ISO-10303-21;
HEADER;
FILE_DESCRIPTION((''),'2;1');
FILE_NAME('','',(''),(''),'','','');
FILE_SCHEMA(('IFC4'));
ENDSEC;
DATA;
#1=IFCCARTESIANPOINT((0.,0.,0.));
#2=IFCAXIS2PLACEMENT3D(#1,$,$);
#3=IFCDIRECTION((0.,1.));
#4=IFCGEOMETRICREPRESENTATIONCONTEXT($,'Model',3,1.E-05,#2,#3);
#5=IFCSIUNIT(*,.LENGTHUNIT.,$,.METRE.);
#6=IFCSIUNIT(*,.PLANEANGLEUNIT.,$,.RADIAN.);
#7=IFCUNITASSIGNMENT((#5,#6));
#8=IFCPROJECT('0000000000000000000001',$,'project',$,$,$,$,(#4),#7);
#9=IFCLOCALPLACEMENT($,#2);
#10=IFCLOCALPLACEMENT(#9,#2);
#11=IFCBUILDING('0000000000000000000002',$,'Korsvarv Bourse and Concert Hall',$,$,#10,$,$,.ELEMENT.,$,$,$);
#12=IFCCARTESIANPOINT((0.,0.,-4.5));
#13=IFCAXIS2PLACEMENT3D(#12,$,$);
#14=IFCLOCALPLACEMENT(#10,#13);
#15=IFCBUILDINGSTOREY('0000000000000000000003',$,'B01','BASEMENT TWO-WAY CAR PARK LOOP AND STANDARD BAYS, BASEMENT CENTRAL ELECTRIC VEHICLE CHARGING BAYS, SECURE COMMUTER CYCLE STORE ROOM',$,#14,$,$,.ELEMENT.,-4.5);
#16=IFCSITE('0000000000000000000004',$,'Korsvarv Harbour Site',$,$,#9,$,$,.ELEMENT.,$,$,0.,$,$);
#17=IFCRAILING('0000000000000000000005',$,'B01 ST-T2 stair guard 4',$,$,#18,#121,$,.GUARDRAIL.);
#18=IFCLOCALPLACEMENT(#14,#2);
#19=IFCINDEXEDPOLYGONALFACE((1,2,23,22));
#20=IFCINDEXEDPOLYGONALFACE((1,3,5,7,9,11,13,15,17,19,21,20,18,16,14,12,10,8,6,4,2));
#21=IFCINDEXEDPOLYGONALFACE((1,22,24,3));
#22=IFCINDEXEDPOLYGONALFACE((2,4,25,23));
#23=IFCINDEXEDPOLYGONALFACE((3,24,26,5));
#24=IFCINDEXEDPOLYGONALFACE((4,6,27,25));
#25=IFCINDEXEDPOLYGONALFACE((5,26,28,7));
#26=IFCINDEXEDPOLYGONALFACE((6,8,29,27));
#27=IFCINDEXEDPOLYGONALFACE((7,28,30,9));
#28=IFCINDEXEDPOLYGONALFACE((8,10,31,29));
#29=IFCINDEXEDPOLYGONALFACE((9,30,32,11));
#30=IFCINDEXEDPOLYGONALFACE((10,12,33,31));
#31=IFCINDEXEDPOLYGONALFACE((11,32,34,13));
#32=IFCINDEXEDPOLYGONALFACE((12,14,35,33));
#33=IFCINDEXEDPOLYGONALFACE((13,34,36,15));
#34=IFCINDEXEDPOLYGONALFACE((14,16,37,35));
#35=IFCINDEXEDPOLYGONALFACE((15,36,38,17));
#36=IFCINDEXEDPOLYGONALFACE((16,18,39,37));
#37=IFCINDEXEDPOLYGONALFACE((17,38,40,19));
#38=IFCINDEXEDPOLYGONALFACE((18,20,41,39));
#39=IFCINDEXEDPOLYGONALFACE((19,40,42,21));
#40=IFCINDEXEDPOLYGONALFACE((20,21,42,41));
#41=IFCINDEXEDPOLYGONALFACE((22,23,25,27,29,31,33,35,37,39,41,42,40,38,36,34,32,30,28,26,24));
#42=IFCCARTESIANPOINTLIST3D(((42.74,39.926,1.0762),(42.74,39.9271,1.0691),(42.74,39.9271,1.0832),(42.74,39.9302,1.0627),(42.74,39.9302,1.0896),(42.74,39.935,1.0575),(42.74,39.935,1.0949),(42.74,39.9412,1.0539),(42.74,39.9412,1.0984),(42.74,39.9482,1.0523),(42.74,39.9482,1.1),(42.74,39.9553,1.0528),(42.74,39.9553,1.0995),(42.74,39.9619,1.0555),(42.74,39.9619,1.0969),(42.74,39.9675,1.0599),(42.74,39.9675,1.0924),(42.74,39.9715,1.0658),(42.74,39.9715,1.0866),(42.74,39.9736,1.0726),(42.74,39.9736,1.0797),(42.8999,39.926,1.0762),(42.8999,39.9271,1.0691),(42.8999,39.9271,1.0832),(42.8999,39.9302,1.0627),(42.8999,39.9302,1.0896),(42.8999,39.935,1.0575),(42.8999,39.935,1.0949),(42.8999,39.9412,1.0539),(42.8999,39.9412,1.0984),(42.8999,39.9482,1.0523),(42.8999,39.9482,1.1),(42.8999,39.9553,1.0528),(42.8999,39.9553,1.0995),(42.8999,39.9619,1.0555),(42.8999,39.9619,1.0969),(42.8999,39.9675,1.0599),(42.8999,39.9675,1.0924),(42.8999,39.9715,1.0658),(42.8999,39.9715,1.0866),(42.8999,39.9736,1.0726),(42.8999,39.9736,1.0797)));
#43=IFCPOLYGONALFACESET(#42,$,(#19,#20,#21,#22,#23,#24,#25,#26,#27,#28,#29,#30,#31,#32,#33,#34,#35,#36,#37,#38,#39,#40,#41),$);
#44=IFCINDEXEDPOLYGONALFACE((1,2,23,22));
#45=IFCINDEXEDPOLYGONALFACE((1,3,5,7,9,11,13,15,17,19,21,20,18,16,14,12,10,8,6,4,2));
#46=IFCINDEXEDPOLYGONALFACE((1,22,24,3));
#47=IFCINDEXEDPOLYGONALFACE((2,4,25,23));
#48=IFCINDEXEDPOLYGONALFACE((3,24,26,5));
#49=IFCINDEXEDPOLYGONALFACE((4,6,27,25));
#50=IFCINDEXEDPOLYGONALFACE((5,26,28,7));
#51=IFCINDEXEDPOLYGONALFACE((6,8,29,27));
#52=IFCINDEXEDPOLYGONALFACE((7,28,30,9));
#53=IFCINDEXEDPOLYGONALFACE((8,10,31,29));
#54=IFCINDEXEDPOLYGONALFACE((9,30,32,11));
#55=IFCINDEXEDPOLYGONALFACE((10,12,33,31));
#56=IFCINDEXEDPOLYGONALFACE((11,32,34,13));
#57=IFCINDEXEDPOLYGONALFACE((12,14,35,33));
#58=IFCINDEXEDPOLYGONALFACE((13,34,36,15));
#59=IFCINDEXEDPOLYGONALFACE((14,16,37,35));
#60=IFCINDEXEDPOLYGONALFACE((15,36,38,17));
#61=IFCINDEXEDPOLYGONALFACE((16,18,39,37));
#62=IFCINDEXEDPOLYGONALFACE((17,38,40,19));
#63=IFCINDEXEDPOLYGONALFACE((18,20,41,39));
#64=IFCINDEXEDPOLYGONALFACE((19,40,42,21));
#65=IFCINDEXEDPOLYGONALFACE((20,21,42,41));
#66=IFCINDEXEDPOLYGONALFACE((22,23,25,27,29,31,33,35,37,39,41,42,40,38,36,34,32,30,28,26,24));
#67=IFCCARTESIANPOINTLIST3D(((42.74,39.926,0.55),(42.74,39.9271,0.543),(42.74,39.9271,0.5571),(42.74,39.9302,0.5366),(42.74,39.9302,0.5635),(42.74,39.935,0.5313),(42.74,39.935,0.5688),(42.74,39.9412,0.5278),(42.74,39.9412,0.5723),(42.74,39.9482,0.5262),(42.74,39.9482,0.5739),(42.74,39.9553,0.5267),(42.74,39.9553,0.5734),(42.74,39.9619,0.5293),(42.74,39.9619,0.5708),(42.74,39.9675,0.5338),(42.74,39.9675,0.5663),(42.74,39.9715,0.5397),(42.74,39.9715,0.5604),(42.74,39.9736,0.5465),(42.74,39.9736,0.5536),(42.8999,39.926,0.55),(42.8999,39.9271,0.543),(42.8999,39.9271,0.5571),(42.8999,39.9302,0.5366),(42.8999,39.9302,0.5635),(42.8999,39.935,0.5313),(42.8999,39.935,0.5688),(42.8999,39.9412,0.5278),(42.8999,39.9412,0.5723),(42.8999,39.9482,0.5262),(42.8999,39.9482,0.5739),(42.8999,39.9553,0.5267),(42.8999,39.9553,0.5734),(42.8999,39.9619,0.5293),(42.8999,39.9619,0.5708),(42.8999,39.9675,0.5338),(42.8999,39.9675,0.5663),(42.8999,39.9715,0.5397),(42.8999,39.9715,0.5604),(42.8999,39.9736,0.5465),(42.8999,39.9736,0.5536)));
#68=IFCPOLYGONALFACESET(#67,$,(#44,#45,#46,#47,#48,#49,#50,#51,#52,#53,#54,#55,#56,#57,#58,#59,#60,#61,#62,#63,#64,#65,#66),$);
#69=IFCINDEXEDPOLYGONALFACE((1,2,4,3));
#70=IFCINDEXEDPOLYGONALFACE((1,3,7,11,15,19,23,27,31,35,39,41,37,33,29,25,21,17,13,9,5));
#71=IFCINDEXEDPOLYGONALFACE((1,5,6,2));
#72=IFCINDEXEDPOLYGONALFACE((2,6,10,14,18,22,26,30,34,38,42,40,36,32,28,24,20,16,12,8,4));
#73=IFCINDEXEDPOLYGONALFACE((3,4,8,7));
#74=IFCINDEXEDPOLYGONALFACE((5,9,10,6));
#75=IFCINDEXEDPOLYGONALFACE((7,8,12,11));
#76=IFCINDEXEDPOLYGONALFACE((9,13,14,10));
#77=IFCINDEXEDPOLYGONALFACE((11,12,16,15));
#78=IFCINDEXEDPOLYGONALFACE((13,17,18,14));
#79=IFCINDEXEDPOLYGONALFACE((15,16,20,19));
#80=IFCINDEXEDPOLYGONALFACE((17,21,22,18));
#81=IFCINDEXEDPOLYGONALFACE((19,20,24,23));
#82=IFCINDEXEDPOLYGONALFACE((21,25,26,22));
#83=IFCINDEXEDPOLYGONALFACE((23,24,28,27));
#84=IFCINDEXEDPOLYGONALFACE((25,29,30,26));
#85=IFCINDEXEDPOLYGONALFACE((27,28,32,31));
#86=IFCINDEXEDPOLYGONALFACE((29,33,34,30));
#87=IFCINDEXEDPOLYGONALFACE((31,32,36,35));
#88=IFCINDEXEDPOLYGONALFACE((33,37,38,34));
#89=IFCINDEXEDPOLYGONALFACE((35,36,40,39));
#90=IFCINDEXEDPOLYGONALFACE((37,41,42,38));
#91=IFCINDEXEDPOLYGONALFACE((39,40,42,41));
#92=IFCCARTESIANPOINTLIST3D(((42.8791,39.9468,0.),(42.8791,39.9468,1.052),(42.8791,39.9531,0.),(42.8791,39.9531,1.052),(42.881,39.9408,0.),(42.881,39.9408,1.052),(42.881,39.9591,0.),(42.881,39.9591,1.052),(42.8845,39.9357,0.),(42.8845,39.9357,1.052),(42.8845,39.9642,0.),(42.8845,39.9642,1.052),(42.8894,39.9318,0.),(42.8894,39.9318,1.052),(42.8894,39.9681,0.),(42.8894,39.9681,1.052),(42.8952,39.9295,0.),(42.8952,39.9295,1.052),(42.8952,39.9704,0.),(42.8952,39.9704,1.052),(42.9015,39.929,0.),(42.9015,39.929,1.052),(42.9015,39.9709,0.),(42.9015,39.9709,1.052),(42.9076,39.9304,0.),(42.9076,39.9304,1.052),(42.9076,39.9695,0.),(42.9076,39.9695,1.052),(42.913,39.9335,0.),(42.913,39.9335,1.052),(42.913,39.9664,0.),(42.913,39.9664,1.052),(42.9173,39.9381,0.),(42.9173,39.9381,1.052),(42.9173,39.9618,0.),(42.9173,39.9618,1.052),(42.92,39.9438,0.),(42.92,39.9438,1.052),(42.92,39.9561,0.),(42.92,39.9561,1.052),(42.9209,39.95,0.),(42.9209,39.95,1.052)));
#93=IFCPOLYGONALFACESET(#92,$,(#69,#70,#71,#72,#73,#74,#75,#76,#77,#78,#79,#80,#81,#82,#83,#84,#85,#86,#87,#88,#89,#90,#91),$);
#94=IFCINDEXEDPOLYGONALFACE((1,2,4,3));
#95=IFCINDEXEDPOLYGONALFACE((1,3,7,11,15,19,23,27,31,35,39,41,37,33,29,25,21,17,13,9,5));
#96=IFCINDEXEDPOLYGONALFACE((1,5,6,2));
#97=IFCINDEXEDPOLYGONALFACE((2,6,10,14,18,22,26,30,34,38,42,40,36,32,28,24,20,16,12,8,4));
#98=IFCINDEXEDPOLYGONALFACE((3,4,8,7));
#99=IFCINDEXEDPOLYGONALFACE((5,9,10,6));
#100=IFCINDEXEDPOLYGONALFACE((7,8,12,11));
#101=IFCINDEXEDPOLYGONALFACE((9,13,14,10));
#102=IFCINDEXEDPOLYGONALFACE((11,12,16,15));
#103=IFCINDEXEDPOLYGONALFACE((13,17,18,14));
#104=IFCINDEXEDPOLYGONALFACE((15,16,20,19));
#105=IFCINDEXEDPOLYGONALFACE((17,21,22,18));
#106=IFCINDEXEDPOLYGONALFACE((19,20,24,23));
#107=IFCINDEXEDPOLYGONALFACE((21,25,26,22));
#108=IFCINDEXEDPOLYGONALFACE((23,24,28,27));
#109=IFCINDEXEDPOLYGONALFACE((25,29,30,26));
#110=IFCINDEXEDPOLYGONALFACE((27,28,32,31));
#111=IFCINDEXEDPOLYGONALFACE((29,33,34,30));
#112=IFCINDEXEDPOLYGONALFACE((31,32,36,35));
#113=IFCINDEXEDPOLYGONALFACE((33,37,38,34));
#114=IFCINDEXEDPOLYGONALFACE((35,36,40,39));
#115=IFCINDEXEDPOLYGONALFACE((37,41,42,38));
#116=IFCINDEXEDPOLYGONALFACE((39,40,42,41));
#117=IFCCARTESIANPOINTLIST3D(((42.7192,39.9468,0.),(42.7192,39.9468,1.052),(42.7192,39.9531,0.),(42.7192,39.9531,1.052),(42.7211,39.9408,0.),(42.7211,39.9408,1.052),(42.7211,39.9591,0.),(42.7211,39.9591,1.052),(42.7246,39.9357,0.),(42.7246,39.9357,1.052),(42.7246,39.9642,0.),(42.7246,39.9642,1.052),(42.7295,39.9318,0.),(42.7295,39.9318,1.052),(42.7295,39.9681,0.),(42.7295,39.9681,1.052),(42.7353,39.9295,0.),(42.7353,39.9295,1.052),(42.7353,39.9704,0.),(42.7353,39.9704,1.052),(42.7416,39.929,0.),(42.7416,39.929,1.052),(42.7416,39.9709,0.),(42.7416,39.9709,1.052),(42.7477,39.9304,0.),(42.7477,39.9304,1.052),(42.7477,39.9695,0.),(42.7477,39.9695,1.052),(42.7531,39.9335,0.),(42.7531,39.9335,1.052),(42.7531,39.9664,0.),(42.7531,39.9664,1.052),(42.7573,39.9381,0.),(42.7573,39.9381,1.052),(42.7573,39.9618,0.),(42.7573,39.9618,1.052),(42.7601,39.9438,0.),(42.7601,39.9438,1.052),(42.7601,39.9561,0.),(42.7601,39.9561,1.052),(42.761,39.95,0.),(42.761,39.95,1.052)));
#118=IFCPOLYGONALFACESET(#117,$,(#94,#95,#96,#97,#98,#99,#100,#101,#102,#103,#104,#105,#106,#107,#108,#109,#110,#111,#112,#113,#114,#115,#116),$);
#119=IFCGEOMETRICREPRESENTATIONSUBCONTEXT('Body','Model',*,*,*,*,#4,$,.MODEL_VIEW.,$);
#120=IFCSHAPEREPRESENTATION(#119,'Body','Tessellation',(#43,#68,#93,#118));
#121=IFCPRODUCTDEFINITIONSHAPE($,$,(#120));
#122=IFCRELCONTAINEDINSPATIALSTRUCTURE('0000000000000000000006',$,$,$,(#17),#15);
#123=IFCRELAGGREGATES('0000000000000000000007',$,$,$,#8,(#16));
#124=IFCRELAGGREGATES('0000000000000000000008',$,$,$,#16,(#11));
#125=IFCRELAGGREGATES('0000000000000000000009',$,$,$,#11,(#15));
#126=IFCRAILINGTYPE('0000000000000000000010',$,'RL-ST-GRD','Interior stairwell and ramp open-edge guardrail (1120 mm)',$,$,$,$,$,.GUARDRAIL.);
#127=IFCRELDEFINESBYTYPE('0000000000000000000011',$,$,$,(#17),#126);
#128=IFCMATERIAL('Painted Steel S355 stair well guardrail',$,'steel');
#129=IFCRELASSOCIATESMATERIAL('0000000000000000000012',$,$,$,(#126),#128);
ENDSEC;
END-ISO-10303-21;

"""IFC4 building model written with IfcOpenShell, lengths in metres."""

from ifc_helpers import new_model, si_unit, direction, frame, origin, origin_2d, place, context, subcontext, project, spatial, circle, extrude, material, type_object, element, save


model = new_model("IFC4")

# Units and contexts
model_context = context("Model", 3, precision=1e-05, world=origin(), true_north=direction((0.0, 1.0)))
body_context = subcontext(model_context, "Body", "Model", "MODEL_VIEW")
ifc_project = project(units=[si_unit("LENGTHUNIT", "METRE"), si_unit("PLANEANGLEUNIT", "RADIAN")], contexts=[model_context])

# Site, building, storey
site_placement = place(None, origin())
site = spatial("IfcSite", under=ifc_project, at=site_placement, Name="Korsvarv Harbour Site", CompositionType="ELEMENT", RefElevation=0.0)
building_placement = place(site_placement, origin())
building = spatial("IfcBuilding", under=site, at=building_placement, Name="Korsvarv Bourse and Concert Hall", CompositionType="ELEMENT")
storey_placement = place(building_placement, frame((0.0, 0.0, -4.5)))
storey = spatial("IfcBuildingStorey", under=building, at=storey_placement, Name="B01", Description="BASEMENT TWO-WAY CAR PARK LOOP AND STANDARD BAYS, BASEMENT CENTRAL ELECTRIC VEHICLE CHARGING BAYS, SECURE COMMUTER CYCLE STORE ROOM", CompositionType="ELEMENT", Elevation=-4.5)

# Railing
ifc_material_1 = material(Name="Painted Steel S355 stair well guardrail", Category="steel")
railing_type_1 = type_object("IfcRailingType", Name="RL-ST-GRD", Description="Interior stairwell and ramp open-edge guardrail (1120 mm)", PredefinedType="GUARDRAIL", material=ifc_material_1)
railing_1_placement = place(storey_placement, frame((42.8999, 39.95, 0.0)))
element("IfcRailing", 1, at=railing_1_placement, inside=storey, type_object=railing_type_1, Name="B01 ST-T2 stair guard 4", PredefinedType="GUARDRAIL", context=body_context, shape_type="SweptSolid", body=[
    extrude(circle(Radius=0.0239, at=origin_2d()), frame((0.0, 0.0, 1.0762), z_axis=(-1.0, 0.0, 0.0), x_axis=(0.0, -1.0, 0.0)), (0.0, 0.0, 1.0), 0.1599),
    extrude(circle(Radius=0.0239, at=origin_2d()), frame((0.0, 0.0, 0.55), z_axis=(-1.0, 0.0, 0.0), x_axis=(0.0, -1.0, 0.0)), (0.0, 0.0, 1.0), 0.1599),
    extrude(circle(Radius=0.021, at=origin_2d()), origin(), (0.0, 0.0, 1.0), 1.052),
    extrude(circle(Radius=0.021, at=origin_2d()), frame((-0.1599, 0.0, 0.0)), (0.0, 0.0, 1.0), 1.052),
])

save(model, "model.ifc")
